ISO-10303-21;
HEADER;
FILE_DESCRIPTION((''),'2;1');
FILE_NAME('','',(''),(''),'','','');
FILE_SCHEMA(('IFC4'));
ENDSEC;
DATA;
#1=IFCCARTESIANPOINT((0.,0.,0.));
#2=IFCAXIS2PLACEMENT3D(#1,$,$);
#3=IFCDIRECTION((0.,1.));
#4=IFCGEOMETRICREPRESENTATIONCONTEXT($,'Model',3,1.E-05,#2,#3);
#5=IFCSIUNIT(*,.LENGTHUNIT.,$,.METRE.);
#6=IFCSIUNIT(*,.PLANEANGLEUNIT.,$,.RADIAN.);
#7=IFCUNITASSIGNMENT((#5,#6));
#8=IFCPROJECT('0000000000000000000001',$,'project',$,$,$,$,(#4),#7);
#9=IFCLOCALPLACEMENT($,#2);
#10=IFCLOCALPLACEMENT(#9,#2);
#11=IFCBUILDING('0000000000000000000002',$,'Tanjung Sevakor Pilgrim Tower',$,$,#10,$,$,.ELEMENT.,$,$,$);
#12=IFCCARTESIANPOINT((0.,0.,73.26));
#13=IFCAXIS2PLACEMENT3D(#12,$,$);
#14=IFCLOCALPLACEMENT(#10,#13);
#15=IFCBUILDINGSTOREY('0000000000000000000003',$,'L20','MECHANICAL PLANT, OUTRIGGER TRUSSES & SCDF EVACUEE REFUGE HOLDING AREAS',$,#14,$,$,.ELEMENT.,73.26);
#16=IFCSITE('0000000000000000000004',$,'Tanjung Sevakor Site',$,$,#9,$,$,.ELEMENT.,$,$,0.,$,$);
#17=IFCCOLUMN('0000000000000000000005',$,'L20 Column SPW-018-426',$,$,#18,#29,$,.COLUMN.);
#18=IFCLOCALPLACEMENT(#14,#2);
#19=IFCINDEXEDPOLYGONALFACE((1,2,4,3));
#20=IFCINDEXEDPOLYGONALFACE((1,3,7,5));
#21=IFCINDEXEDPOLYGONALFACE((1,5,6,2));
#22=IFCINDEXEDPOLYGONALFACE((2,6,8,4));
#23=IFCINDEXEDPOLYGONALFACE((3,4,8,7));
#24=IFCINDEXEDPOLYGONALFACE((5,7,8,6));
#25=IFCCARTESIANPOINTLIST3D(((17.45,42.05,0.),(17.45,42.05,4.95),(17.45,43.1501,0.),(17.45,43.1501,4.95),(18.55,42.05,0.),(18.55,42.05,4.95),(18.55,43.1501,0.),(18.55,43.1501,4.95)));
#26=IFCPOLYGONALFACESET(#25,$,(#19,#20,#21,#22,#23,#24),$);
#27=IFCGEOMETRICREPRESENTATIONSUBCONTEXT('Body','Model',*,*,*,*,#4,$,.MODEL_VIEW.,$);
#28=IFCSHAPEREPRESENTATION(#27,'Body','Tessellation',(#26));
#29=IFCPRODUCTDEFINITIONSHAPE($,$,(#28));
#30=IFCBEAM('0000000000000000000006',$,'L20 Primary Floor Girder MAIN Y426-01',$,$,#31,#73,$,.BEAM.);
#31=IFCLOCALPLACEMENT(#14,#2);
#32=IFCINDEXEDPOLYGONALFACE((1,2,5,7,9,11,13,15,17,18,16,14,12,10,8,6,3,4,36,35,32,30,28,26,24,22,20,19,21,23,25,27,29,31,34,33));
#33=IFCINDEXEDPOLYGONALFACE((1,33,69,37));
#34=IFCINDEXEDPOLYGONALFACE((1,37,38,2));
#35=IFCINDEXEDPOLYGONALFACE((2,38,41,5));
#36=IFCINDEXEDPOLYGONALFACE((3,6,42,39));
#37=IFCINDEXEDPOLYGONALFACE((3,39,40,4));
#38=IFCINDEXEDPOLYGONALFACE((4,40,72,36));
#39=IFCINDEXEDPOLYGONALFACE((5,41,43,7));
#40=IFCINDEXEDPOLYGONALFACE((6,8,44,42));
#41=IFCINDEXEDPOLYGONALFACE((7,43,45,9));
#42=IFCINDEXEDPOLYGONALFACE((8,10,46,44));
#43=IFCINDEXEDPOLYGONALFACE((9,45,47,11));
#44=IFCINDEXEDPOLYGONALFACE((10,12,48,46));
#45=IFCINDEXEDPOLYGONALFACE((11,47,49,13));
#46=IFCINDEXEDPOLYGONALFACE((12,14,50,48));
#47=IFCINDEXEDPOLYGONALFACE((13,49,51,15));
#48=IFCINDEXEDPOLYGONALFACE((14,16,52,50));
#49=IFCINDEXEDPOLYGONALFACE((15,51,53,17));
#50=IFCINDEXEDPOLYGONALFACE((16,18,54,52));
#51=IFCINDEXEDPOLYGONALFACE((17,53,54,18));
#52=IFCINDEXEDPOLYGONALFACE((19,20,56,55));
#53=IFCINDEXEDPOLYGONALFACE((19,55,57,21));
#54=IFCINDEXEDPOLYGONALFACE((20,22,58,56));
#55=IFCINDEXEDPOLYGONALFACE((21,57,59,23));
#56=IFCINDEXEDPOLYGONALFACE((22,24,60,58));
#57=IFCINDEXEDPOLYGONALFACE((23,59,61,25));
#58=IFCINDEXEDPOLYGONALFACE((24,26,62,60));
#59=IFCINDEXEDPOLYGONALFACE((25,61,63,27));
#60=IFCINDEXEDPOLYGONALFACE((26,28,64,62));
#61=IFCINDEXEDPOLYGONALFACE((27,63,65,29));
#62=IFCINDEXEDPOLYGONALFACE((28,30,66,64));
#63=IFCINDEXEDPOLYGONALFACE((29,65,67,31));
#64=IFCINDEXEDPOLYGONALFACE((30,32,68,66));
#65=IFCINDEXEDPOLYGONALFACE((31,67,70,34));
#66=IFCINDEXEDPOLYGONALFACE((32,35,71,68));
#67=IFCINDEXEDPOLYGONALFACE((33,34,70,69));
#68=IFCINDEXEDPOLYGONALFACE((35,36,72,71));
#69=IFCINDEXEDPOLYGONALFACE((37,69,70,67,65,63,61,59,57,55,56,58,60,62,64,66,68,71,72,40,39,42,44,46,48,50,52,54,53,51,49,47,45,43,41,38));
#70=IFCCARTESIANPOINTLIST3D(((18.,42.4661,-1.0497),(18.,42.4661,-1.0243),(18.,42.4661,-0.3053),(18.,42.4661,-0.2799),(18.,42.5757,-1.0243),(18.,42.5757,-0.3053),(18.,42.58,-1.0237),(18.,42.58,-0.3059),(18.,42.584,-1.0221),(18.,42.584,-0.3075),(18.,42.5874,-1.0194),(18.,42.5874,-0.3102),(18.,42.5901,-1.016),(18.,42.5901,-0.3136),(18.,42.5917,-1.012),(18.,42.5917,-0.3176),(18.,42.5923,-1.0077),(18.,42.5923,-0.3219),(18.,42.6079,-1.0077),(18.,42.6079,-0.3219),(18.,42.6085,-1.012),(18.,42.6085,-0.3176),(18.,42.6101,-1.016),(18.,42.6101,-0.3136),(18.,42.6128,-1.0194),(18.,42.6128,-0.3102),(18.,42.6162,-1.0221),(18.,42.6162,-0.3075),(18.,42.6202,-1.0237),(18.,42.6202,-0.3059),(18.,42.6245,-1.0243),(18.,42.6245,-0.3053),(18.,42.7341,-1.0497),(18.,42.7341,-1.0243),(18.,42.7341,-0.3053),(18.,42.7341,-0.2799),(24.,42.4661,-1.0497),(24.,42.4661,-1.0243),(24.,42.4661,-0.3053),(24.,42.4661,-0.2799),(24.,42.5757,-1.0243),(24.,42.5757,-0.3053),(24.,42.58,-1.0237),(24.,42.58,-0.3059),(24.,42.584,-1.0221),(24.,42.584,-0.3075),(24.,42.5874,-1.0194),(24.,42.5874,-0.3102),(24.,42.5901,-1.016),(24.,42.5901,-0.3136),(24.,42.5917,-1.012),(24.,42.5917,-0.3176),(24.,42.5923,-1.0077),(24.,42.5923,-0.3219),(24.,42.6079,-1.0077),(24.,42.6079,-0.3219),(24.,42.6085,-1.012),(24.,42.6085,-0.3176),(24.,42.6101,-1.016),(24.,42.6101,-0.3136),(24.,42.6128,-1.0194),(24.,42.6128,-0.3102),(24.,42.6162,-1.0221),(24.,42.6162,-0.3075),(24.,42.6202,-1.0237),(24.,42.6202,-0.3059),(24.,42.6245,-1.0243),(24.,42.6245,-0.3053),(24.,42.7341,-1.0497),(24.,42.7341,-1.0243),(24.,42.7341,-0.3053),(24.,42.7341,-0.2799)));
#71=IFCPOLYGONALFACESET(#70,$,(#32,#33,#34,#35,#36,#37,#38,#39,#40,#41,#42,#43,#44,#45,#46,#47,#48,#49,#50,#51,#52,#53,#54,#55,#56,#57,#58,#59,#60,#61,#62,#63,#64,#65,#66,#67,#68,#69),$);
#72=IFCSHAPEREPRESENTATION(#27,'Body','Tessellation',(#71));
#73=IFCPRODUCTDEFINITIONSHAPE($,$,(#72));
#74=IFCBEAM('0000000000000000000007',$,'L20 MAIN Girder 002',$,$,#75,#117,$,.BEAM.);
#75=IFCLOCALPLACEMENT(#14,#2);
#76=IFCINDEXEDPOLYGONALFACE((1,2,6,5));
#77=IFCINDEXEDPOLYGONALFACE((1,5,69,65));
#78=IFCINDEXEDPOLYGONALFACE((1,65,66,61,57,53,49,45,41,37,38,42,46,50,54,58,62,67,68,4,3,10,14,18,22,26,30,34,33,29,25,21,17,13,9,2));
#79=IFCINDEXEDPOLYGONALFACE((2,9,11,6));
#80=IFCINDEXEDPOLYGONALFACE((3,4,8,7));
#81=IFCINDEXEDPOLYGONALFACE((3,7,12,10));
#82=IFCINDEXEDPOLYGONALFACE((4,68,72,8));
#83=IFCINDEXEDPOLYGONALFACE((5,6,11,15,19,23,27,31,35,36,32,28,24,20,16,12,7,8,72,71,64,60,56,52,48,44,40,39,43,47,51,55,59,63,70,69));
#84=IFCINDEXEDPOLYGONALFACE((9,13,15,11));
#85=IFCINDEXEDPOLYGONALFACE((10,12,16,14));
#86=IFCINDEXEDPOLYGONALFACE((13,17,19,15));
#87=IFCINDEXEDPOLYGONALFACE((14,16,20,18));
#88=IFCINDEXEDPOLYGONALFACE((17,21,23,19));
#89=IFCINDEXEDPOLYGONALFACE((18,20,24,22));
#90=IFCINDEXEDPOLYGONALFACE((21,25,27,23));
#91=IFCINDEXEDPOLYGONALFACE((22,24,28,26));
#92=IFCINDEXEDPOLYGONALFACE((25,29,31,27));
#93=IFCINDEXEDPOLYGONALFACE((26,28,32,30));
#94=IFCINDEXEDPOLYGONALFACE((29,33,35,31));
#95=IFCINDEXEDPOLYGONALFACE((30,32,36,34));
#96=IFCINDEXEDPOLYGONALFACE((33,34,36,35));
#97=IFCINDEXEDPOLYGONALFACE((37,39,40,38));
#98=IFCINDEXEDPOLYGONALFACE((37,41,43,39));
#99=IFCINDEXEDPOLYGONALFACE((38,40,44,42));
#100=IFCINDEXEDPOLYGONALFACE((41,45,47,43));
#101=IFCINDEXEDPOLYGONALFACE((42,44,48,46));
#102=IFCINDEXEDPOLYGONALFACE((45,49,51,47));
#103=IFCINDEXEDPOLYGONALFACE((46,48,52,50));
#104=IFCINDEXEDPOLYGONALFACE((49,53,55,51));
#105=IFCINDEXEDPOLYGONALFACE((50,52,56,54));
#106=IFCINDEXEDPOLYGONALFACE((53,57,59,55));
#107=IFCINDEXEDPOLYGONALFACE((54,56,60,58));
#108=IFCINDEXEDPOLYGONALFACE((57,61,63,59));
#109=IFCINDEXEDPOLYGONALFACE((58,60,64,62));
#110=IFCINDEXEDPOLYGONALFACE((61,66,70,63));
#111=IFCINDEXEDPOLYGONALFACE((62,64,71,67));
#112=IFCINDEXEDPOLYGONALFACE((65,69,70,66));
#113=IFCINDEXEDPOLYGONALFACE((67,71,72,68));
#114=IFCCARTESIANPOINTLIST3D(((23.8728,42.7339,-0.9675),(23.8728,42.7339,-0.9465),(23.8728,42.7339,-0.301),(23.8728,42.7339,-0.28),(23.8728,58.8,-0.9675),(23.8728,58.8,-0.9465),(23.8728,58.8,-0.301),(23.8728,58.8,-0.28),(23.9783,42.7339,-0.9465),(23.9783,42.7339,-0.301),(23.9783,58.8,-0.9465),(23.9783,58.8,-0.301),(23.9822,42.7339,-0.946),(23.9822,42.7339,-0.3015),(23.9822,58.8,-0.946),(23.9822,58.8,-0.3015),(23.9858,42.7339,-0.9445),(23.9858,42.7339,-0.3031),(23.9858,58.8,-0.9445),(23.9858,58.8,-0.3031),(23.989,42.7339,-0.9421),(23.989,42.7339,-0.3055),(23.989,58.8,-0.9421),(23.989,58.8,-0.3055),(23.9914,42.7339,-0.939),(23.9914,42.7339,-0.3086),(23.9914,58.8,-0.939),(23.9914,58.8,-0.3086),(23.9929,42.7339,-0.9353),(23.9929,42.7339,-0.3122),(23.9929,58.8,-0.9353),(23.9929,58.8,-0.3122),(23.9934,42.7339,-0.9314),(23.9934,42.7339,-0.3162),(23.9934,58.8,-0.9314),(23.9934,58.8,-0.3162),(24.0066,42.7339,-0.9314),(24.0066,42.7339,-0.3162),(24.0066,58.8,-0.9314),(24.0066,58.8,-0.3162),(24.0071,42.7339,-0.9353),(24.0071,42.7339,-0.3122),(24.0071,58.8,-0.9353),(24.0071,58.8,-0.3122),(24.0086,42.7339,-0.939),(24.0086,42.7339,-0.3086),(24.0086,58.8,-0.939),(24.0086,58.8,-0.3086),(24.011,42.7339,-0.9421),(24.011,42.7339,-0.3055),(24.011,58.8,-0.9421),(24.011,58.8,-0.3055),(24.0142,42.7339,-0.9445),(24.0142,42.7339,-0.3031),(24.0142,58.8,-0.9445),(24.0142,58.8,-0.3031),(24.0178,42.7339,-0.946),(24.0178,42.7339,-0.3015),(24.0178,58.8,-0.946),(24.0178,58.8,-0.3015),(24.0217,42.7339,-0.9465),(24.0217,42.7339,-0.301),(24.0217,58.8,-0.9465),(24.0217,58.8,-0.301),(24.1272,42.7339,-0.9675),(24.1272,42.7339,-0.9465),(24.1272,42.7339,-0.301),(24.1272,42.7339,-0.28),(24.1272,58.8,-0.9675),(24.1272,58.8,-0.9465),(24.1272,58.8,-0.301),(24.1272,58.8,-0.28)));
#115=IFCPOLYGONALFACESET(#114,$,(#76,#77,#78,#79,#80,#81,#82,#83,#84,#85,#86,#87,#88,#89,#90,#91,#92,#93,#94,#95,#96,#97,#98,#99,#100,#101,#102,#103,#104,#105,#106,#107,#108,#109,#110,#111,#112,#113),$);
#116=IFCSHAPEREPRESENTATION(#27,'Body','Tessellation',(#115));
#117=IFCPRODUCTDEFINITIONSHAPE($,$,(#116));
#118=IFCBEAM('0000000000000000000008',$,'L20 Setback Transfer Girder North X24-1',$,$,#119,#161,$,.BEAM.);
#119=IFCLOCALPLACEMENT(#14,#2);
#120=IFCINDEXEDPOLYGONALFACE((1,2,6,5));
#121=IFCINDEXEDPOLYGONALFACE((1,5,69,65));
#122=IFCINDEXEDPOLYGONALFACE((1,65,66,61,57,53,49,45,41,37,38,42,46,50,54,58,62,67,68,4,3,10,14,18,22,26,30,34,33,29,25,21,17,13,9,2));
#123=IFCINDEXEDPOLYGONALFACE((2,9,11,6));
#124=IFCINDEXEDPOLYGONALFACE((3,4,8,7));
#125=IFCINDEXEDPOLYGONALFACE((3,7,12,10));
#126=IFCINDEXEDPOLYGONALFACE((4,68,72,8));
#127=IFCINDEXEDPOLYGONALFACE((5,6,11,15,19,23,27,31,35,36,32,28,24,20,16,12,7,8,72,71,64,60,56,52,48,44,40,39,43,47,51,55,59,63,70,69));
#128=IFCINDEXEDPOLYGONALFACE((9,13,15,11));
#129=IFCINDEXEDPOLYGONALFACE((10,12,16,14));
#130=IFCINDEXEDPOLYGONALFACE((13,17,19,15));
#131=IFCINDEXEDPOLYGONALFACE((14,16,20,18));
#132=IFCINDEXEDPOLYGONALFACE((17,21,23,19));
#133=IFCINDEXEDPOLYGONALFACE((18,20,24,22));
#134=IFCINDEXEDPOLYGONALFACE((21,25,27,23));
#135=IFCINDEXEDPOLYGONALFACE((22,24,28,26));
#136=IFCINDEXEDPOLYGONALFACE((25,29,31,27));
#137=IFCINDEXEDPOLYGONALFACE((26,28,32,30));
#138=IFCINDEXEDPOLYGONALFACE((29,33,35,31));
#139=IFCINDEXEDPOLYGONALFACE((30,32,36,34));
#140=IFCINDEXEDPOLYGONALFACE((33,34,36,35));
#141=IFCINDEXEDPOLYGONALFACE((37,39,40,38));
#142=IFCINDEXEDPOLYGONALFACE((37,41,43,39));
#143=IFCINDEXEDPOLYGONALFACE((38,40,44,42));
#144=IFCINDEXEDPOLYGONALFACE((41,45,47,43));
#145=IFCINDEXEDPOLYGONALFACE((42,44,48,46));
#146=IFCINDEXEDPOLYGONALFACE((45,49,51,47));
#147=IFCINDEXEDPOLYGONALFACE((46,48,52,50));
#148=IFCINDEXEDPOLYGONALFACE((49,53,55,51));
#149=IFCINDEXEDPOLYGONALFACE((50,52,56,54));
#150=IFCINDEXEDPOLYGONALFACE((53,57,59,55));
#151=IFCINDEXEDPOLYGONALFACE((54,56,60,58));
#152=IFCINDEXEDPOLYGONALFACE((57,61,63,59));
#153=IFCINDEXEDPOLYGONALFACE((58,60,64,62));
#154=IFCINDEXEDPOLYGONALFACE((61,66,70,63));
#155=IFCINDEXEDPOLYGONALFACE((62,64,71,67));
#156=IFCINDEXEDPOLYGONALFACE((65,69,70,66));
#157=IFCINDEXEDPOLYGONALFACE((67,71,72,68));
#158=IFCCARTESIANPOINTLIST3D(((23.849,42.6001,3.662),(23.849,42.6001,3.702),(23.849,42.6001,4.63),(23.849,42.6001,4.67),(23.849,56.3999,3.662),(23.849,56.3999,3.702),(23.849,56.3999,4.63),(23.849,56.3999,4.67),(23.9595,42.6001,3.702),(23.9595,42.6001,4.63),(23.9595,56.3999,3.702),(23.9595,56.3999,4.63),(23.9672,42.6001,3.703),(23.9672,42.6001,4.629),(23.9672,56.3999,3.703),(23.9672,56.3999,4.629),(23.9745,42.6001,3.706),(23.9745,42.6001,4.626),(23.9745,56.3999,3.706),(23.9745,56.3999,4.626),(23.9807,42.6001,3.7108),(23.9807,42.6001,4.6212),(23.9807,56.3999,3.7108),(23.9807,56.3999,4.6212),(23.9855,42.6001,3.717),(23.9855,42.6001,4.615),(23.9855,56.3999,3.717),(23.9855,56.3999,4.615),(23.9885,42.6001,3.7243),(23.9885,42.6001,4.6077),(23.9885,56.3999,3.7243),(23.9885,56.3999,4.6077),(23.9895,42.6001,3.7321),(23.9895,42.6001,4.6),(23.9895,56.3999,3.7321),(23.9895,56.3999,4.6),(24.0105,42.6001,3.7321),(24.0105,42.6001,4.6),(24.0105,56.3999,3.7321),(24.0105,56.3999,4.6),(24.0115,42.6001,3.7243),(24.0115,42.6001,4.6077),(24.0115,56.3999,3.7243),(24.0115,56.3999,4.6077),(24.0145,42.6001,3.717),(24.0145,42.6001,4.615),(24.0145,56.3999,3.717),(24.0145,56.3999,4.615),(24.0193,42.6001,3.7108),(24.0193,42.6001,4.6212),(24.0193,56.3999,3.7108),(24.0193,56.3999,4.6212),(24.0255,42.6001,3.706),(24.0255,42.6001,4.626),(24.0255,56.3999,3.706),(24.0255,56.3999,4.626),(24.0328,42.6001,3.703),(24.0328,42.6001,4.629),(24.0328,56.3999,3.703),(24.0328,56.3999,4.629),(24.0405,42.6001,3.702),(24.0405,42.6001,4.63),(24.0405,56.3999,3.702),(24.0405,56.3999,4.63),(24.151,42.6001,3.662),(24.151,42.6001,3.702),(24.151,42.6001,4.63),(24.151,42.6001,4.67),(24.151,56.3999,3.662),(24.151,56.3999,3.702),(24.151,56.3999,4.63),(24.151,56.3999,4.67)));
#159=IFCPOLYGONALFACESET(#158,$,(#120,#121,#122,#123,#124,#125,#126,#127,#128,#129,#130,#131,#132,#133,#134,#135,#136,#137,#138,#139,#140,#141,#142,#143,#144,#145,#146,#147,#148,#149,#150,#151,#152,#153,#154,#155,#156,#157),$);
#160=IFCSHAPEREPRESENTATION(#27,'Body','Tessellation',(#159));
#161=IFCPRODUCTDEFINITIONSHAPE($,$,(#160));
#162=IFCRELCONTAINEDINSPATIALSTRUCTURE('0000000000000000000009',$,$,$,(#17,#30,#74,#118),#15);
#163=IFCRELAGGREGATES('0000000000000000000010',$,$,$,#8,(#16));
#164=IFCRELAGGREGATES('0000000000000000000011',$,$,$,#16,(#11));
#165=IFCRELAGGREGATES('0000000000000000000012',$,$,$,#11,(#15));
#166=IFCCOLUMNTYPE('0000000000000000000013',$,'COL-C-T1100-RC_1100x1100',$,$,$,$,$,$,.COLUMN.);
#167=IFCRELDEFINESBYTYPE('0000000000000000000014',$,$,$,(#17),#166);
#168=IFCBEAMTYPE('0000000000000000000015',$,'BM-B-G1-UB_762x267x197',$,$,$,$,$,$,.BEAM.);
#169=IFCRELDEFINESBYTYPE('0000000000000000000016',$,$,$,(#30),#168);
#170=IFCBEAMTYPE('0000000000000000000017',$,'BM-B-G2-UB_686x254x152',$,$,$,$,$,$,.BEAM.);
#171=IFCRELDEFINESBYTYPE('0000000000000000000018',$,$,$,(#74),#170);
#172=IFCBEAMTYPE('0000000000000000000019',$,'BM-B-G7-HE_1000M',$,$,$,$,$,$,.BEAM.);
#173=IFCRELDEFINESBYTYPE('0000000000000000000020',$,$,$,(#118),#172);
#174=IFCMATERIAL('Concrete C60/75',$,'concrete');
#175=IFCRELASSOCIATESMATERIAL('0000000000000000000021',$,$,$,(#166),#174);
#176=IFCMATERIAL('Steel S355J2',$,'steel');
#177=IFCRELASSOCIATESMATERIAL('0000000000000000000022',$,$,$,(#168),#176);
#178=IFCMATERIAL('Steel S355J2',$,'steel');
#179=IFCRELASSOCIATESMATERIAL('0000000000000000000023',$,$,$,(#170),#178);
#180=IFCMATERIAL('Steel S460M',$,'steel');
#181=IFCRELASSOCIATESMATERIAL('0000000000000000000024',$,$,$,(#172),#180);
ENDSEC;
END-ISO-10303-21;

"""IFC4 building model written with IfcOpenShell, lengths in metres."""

from ifc_helpers import new_model, si_unit, direction, frame, origin, origin_2d, place, context, subcontext, project, spatial, rectangle, i_section, extrude, material, material_profile, profile_set, type_object, element, save


model = new_model("IFC4")

# Units and contexts
model_context = context("Model", 3, precision=1e-05, world=origin(), true_north=direction((0.0, 1.0)))
body_context = subcontext(model_context, "Body", "Model", "MODEL_VIEW")
ifc_project = project(units=[si_unit("LENGTHUNIT", "METRE"), si_unit("PLANEANGLEUNIT", "RADIAN")], contexts=[model_context])

# Site, building, storey
site_placement = place(None, origin())
site = spatial("IfcSite", under=ifc_project, at=site_placement, Name="Tanjung Sevakor Site", CompositionType="ELEMENT", RefElevation=0.0)
building_placement = place(site_placement, origin())
building = spatial("IfcBuilding", under=site, at=building_placement, Name="Tanjung Sevakor Pilgrim Tower", CompositionType="ELEMENT")
storey_placement = place(building_placement, frame((0.0, 0.0, 73.26)))
storey = spatial("IfcBuildingStorey", under=building, at=storey_placement, Name="L20", Description="MECHANICAL PLANT, OUTRIGGER TRUSSES & SCDF EVACUEE REFUGE HOLDING AREAS", CompositionType="ELEMENT", Elevation=73.26)

# Column
ifc_material_1 = material(Name="Concrete C60/75", Category="concrete")
ifc_material_profile_1 = material_profile(ifc_material_1, rectangle(XDim=1.1001, YDim=1.1001, at=origin_2d()))
ifc_profile_set_1 = profile_set([ifc_material_profile_1], Name="Concrete C60/75")
column_type = type_object("IfcColumnType", Name="COL-C-T1100-RC_1100x1100", PredefinedType="COLUMN", material=ifc_profile_set_1)
column_placement = place(storey_placement, frame((18.0, 42.6001, 0.0), z_axis=(0.0, 0.0, 1.0), x_axis=(1.0, 0.0, 0.0)))
element("IfcColumn", 1, at=column_placement, inside=storey, type_object=column_type, Name="L20 Column SPW-018-426", PredefinedType="COLUMN", context=body_context, shape_type="SweptSolid", body=[
    extrude(rectangle(XDim=1.1001, YDim=1.1001, at=origin_2d()), origin(), (0.0, 0.0, 1.0), 4.95),
])

# Beams
ifc_material_2 = material(Name="Steel S355J2", Category="steel")
ifc_material_profile_2 = material_profile(ifc_material_2, i_section(OverallWidth=0.2681, OverallDepth=0.7698, WebThickness=0.0156, FlangeThickness=0.0254, FilletRadius=0.0166, at=origin_2d()))
ifc_profile_set_2 = profile_set([ifc_material_profile_2], Name="Steel S355J2")
beam_type_1 = type_object("IfcBeamType", Name="BM-B-G1-UB_762x267x197", PredefinedType="BEAM", material=ifc_profile_set_2)
beam_1_placement = place(storey_placement, frame((18.0, 42.6001, -0.6648), z_axis=(1.0, 0.0, 0.0), x_axis=(0.0, 1.0, 0.0)))
element("IfcBeam", 2, at=beam_1_placement, inside=storey, type_object=beam_type_1, Name="L20 Primary Floor Girder MAIN Y426-01", PredefinedType="BEAM", context=body_context, shape_type="SweptSolid", body=[
    extrude(i_section(OverallWidth=0.2681, OverallDepth=0.7698, WebThickness=0.0156, FlangeThickness=0.0254, FilletRadius=0.0166, at=origin_2d()), origin(), (0.0, 0.0, 1.0), 6.0),
])
ifc_material_3 = material(Name="Steel S355J2", Category="steel")
ifc_material_profile_3 = material_profile(ifc_material_3, i_section(OverallWidth=0.2544, OverallDepth=0.6875, WebThickness=0.0132, FlangeThickness=0.021, FilletRadius=0.0151, at=origin_2d()))
ifc_profile_set_3 = profile_set([ifc_material_profile_3], Name="Steel S355J2")
beam_type_2 = type_object("IfcBeamType", Name="BM-B-G2-UB_686x254x152", PredefinedType="BEAM", material=ifc_profile_set_3)
beam_2_placement = place(storey_placement, frame((24.0, 42.7339, -0.6238), z_axis=(0.0, 1.0, 0.0), x_axis=(-1.0, 0.0, 0.0)))
element("IfcBeam", 3, at=beam_2_placement, inside=storey, type_object=beam_type_2, Name="L20 MAIN Girder 002", PredefinedType="BEAM", context=body_context, shape_type="SweptSolid", body=[
    extrude(i_section(OverallWidth=0.2544, OverallDepth=0.6875, WebThickness=0.0132, FlangeThickness=0.021, FilletRadius=0.0151, at=origin_2d()), origin(), (0.0, 0.0, 1.0), 16.0662),
])
ifc_material_4 = material(Name="Steel S460M", Category="steel")
ifc_material_profile_4 = material_profile(ifc_material_4, i_section(OverallWidth=0.302, OverallDepth=1.0081, WebThickness=0.021, FlangeThickness=0.04, FilletRadius=0.03, at=origin_2d()))
ifc_profile_set_4 = profile_set([ifc_material_profile_4], Name="Steel S460M")
beam_type_3 = type_object("IfcBeamType", Name="BM-B-G7-HE_1000M", PredefinedType="BEAM", material=ifc_profile_set_4)
for number, where, z_axis, x_axis, name in (
    (4, (24.0, 42.6001, 4.166), (0.0, 1.0, 0.0), (-1.0, 0.0, 0.0), "L20 Setback Transfer Girder North X24-1"),
):
    element("IfcBeam", number, at=place(storey_placement, frame(where, z_axis=z_axis, x_axis=x_axis)), inside=storey, type_object=beam_type_3, Name=name, PredefinedType="BEAM", context=body_context, shape_type="SweptSolid", body=[
        extrude(i_section(OverallWidth=0.302, OverallDepth=1.0081, WebThickness=0.021, FlangeThickness=0.04, FilletRadius=0.03, at=origin_2d()), origin(), (0.0, 0.0, 1.0), 13.7998),
    ])

save(model, "model.ifc")
